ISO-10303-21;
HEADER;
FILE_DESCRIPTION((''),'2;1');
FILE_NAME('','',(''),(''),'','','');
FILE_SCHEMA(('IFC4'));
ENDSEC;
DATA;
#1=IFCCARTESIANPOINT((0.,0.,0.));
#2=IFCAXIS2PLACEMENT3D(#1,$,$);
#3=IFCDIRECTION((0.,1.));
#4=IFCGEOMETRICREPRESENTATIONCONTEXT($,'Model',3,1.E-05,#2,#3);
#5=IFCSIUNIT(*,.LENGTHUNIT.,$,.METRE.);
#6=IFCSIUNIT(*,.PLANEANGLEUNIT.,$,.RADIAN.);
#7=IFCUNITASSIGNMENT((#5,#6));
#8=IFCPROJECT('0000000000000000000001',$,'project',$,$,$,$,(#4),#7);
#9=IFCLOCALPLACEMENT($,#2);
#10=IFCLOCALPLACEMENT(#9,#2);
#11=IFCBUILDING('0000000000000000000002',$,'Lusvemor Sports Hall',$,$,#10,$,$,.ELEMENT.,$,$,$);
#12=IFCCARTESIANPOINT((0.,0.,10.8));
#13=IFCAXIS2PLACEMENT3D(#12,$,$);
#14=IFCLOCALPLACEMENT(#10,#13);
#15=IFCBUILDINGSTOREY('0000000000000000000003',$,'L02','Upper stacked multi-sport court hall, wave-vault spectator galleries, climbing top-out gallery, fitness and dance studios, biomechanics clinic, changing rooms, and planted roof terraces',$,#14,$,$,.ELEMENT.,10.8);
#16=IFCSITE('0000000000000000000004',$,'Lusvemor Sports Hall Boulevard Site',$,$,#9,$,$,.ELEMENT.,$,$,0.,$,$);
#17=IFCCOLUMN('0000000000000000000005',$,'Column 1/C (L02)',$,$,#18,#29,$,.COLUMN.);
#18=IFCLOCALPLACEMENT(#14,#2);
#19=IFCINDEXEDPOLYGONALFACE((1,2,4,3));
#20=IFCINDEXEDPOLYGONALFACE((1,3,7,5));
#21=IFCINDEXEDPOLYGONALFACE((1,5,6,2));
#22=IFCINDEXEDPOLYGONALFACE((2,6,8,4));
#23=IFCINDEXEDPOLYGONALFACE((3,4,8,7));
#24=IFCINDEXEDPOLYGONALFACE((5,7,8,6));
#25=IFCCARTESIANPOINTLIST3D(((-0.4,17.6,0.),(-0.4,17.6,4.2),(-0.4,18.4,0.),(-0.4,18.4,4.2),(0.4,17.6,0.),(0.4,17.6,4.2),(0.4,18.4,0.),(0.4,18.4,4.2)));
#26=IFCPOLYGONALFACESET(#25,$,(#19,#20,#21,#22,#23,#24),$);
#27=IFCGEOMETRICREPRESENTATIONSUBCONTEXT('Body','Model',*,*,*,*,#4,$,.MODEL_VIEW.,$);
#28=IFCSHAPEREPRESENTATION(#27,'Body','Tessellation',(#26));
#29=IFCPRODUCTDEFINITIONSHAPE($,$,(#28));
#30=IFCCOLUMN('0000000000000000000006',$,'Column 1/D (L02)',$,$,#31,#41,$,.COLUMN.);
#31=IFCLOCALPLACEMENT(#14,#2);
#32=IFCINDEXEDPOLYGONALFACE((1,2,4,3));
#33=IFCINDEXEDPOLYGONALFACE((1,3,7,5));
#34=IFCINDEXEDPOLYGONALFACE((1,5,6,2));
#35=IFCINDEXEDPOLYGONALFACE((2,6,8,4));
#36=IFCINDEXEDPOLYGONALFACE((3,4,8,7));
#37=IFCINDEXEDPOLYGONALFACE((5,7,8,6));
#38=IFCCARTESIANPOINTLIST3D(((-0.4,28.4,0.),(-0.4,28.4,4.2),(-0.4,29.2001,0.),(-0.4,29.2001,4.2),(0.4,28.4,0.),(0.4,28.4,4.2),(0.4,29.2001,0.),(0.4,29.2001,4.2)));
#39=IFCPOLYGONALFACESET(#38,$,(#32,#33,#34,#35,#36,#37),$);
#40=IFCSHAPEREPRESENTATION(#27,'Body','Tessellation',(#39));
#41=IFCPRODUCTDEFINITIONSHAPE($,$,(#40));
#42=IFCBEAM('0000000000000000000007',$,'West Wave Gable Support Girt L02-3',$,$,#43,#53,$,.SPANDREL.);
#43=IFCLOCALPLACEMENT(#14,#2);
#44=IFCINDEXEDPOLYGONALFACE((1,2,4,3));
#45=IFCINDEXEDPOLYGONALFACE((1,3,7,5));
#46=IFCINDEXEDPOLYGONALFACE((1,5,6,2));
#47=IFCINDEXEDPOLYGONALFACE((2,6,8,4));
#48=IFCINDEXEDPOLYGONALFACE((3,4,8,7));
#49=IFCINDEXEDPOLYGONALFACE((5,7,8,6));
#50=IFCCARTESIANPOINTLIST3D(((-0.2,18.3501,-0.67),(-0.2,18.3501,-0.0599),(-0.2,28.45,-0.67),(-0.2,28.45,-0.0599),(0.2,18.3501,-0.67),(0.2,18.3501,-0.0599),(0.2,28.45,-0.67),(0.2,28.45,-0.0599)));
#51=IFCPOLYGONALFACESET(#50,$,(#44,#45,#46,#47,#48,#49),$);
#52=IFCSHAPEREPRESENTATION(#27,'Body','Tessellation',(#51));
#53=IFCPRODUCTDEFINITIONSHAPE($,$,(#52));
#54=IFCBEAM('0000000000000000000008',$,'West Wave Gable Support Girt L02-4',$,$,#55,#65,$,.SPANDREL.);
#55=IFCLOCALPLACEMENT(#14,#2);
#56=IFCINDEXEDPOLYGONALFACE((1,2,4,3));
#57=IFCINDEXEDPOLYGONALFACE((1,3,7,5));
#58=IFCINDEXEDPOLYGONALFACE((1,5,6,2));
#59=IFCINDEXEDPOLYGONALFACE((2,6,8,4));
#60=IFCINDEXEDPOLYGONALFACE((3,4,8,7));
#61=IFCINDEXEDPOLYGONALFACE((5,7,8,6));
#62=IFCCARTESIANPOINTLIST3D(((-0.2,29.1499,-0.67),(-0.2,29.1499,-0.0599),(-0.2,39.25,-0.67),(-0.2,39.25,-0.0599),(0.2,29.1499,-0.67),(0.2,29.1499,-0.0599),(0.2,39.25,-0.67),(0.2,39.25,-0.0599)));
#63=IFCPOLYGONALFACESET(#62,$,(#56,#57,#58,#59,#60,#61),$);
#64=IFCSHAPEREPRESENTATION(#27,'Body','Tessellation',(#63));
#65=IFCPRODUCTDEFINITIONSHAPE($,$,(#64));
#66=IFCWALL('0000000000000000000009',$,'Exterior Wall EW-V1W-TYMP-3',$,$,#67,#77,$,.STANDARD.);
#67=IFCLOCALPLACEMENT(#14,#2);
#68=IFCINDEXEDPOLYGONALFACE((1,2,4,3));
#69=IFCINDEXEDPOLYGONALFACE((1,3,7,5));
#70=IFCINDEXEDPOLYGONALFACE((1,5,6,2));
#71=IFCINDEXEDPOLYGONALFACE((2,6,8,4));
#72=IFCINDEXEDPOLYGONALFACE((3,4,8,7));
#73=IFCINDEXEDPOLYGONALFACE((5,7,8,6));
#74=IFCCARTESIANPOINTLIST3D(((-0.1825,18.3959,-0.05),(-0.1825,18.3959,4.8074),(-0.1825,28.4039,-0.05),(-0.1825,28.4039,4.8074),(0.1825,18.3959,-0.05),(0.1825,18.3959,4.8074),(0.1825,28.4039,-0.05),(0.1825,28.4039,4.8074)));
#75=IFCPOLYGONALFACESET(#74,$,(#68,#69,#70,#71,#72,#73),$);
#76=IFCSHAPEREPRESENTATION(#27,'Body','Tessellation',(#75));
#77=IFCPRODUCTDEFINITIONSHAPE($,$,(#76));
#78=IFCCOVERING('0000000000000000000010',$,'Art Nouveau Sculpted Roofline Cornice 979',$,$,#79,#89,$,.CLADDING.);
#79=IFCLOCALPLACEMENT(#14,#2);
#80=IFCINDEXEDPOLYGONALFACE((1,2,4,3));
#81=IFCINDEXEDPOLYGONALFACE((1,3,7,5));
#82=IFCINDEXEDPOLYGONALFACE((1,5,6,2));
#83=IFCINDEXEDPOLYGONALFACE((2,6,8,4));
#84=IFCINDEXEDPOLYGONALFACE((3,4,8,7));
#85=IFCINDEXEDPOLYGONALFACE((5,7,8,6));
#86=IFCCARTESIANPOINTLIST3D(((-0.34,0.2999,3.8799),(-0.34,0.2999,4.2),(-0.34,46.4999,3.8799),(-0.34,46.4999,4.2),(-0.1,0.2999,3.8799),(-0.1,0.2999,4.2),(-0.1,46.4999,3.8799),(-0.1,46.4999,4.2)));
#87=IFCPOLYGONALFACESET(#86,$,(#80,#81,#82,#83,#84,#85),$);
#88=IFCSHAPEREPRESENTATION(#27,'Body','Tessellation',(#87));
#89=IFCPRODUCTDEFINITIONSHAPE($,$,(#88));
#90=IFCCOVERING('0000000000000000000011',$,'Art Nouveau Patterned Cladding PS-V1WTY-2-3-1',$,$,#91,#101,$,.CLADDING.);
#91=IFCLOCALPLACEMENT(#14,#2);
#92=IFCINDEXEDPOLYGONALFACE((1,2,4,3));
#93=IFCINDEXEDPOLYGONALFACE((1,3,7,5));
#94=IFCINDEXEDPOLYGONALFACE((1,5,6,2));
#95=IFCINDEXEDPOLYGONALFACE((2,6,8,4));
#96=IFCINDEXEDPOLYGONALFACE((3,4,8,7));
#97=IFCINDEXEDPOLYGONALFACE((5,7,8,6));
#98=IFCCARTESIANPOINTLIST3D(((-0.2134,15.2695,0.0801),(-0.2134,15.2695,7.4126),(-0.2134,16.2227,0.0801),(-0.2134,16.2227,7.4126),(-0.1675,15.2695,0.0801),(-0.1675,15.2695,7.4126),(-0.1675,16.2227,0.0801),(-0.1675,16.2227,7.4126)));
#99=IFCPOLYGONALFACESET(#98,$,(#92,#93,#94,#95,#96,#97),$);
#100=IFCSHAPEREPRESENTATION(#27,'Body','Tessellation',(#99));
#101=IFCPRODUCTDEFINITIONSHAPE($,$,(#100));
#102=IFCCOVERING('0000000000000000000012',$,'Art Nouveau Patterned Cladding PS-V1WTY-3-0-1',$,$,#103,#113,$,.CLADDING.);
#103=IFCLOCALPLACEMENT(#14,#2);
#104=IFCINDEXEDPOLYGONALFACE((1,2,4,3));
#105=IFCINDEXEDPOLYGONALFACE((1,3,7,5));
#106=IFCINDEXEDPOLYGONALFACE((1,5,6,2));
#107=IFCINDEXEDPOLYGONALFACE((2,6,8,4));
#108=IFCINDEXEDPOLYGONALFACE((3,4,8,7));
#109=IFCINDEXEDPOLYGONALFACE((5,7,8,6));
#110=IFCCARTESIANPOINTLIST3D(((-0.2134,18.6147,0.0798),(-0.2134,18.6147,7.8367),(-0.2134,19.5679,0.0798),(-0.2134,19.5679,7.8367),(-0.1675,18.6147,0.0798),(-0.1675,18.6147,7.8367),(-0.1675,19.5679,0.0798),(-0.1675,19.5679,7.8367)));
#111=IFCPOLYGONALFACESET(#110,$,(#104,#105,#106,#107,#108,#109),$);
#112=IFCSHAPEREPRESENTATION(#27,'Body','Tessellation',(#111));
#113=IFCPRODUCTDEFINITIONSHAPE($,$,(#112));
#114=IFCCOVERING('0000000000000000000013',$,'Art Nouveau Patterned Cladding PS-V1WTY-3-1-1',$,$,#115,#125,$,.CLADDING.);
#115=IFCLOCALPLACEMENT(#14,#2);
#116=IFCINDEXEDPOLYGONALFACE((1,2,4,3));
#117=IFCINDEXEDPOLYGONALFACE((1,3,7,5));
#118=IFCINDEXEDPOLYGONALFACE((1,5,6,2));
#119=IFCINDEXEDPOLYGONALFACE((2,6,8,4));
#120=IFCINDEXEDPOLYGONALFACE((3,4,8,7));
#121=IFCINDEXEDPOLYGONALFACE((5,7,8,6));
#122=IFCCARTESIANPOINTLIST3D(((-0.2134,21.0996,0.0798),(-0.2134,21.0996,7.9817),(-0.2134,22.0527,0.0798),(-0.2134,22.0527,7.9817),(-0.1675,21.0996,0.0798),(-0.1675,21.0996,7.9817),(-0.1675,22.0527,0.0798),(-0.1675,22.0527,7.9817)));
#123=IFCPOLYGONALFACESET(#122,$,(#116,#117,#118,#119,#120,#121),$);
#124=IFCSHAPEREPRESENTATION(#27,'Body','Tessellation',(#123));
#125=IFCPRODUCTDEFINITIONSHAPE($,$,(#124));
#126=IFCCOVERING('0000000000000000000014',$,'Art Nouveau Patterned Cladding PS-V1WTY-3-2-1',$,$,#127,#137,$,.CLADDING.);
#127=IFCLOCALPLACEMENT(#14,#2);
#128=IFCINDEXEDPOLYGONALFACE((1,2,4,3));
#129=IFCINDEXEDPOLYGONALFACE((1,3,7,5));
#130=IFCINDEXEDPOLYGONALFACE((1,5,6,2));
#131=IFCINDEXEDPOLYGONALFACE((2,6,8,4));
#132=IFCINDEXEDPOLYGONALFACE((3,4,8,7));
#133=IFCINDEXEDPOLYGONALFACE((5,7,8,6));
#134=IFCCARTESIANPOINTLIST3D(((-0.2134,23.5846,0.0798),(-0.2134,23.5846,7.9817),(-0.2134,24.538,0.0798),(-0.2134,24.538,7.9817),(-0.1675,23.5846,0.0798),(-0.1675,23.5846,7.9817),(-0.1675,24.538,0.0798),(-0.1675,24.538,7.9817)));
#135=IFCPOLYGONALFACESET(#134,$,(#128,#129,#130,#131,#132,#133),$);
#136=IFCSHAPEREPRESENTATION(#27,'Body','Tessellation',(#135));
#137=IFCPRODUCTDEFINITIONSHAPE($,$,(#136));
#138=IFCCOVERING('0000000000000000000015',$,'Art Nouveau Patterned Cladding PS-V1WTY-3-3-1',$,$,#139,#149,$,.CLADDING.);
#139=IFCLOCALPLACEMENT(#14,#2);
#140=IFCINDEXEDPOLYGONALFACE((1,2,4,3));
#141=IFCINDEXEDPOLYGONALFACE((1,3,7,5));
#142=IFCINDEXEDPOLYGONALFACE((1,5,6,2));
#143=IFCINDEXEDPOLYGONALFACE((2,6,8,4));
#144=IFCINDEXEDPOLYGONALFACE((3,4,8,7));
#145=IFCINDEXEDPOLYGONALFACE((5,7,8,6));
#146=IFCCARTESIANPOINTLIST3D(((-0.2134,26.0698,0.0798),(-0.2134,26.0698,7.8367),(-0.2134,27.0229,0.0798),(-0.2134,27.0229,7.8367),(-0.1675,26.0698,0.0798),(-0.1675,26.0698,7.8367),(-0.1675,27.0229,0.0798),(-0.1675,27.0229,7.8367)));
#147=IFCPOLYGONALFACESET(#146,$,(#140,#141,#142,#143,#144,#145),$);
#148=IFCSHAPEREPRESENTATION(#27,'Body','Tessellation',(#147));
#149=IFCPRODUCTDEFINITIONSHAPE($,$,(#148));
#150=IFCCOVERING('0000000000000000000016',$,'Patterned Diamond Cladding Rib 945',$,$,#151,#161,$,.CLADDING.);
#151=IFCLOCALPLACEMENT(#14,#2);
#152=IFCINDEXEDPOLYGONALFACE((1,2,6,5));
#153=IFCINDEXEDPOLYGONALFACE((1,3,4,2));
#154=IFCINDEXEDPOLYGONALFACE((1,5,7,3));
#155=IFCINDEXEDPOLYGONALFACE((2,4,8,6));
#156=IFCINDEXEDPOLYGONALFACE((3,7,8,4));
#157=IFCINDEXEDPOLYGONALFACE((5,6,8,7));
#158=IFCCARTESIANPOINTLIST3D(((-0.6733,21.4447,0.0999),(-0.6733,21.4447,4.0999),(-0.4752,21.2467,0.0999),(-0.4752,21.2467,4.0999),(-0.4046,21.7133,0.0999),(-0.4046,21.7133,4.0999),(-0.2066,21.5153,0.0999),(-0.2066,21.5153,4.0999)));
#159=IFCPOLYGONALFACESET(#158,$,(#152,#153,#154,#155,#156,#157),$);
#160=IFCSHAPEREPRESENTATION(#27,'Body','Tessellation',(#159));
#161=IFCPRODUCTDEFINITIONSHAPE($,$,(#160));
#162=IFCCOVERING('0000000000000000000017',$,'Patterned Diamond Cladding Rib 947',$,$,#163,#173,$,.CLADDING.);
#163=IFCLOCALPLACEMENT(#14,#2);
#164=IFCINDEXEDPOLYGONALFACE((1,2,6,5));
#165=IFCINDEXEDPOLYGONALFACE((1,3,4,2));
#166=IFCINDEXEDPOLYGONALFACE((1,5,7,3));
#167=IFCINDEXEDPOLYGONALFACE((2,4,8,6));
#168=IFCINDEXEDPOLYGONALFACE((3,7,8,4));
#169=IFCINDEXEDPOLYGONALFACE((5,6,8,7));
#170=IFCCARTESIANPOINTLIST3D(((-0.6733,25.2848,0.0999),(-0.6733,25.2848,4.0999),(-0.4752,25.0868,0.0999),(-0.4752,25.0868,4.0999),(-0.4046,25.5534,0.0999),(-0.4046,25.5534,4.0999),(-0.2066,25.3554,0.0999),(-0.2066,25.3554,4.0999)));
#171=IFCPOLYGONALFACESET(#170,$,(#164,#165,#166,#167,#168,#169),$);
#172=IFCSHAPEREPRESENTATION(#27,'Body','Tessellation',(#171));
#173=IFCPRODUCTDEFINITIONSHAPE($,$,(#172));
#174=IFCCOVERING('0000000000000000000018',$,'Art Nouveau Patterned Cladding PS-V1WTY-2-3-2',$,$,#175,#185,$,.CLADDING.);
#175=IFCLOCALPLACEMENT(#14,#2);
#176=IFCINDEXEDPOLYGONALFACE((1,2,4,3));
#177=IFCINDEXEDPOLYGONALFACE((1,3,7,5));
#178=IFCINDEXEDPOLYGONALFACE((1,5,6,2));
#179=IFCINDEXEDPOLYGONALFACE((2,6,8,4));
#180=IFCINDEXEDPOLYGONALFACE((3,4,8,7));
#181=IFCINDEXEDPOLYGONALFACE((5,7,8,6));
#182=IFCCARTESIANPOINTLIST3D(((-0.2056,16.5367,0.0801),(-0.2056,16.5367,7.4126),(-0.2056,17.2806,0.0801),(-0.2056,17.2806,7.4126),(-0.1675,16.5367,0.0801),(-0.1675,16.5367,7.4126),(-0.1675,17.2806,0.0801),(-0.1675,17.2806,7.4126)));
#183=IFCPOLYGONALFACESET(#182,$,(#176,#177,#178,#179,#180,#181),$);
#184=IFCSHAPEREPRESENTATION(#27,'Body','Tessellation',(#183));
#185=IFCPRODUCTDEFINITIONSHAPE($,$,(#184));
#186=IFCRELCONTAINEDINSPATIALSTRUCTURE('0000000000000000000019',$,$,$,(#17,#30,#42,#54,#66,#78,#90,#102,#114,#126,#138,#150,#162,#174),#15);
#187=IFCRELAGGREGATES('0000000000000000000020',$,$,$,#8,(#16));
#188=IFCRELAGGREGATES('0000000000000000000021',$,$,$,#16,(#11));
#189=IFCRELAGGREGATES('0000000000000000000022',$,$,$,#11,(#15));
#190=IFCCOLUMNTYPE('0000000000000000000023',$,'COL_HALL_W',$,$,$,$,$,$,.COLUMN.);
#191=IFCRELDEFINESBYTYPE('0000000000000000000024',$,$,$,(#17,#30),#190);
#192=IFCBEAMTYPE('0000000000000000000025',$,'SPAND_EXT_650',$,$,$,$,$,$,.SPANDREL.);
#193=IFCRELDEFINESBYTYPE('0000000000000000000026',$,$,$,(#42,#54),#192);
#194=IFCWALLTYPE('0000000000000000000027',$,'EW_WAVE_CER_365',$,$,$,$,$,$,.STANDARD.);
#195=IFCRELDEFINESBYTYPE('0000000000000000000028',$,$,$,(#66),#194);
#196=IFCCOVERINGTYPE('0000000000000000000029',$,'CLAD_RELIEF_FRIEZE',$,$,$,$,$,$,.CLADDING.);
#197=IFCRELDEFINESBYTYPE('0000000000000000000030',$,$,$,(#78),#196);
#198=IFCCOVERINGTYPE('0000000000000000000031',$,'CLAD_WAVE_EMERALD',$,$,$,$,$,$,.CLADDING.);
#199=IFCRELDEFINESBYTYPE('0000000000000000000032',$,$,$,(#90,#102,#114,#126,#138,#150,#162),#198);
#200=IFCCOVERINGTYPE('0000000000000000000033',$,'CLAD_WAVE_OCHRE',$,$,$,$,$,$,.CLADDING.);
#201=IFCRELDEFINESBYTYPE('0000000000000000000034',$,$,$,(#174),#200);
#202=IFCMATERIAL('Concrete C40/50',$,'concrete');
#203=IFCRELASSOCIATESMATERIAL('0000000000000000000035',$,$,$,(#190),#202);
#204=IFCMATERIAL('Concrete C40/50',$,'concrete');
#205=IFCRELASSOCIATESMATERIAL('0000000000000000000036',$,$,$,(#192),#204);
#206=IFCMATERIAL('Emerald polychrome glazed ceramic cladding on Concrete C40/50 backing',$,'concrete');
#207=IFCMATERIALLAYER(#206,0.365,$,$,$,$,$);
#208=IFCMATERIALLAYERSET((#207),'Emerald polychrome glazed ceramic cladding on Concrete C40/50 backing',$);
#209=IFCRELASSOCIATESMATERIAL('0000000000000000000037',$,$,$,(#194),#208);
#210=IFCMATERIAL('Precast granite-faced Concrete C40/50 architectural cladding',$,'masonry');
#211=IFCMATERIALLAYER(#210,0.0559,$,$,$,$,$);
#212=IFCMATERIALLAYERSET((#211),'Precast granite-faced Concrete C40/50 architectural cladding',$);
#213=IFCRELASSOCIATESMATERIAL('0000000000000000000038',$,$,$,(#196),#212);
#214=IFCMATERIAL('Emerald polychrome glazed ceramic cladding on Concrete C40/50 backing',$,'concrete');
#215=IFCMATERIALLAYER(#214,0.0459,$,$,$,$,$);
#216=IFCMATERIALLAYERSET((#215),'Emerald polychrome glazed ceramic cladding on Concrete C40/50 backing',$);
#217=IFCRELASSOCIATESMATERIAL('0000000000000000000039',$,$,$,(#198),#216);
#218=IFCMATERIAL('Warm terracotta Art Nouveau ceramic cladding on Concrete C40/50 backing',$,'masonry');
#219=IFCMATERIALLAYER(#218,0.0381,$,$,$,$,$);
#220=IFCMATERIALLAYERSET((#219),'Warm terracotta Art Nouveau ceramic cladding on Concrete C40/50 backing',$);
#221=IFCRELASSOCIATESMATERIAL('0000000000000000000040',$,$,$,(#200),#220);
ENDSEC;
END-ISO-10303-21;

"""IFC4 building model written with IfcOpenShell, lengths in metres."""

from ifc_helpers import new_model, si_unit, direction, frame, frame_2d, origin, origin_2d, place, context, subcontext, project, spatial, rectangle, extrude, material, layer, layer_set, material_profile, profile_set, type_object, element, save


model = new_model("IFC4")

# Units and contexts
model_context = context("Model", 3, precision=1e-05, world=origin(), true_north=direction((0.0, 1.0)))
body_context = subcontext(model_context, "Body", "Model", "MODEL_VIEW")
ifc_project = project(units=[si_unit("LENGTHUNIT", "METRE"), si_unit("PLANEANGLEUNIT", "RADIAN")], contexts=[model_context])

# Site, building, storey
site_placement = place(None, origin())
site = spatial("IfcSite", under=ifc_project, at=site_placement, Name="Lusvemor Sports Hall Boulevard Site", CompositionType="ELEMENT", RefElevation=0.0)
building_placement = place(site_placement, origin())
building = spatial("IfcBuilding", under=site, at=building_placement, Name="Lusvemor Sports Hall", CompositionType="ELEMENT")
storey_placement = place(building_placement, frame((0.0, 0.0, 10.8)))
storey = spatial("IfcBuildingStorey", under=building, at=storey_placement, Name="L02", Description="Upper stacked multi-sport court hall, wave-vault spectator galleries, climbing top-out gallery, fitness and dance studios, biomechanics clinic, changing rooms, and planted roof terraces", CompositionType="ELEMENT", Elevation=10.8)

# Columns
ifc_material_1 = material(Name="Concrete C40/50", Category="concrete")
ifc_material_profile_1 = material_profile(ifc_material_1, rectangle(XDim=0.8, YDim=0.8, at=origin_2d()), Name="RC800x800")
ifc_profile_set_1 = profile_set([ifc_material_profile_1], Name="Concrete C40/50")
column_type = type_object("IfcColumnType", Name="COL_HALL_W", PredefinedType="COLUMN", material=ifc_profile_set_1)
for number, where, z_axis, x_axis, name in (
    (1, (0.0, 18.0, 0.0), (0.0, 0.0, 1.0), (1.0, 0.0, 0.0), "Column 1/C (L02)"),
    (2, (0.0, 28.8, 0.0), (0.0, 0.0, 1.0), (1.0, 0.0, 0.0), "Column 1/D (L02)"),
):
    element("IfcColumn", number, at=place(storey_placement, frame(where, z_axis=z_axis, x_axis=x_axis)), inside=storey, type_object=column_type, Name=name, PredefinedType="COLUMN", context=body_context, shape_type="SweptSolid", body=[
        extrude(rectangle(XDim=0.8, YDim=0.8, at=origin_2d()), origin(), (0.0, 0.0, 1.0), 4.2),
    ])

# Beams
ifc_material_2 = material(Name="Concrete C40/50", Category="concrete")
ifc_material_profile_2 = material_profile(ifc_material_2, rectangle(XDim=0.3999, YDim=0.6101, at=origin_2d()), Name="RC400x610")
ifc_profile_set_2 = profile_set([ifc_material_profile_2], Name="Concrete C40/50")
beam_type = type_object("IfcBeamType", Name="SPAND_EXT_650", PredefinedType="SPANDREL", material=ifc_profile_set_2)
beam_1_placement = place(storey_placement, frame((0.0, 18.3501, -0.365), z_axis=(0.0, 1.0, 0.0), x_axis=(-1.0, 0.0, 0.0)))
element("IfcBeam", 3, at=beam_1_placement, inside=storey, type_object=beam_type, Name="West Wave Gable Support Girt L02-3", PredefinedType="SPANDREL", context=body_context, shape_type="SweptSolid", body=[
    extrude(rectangle(XDim=0.3999, YDim=0.6101, at=origin_2d()), origin(), (0.0, 0.0, 1.0), 10.0999),
])
beam_2_placement = place(storey_placement, frame((0.0, 29.1499, -0.365), z_axis=(0.0, 1.0, 0.0), x_axis=(-1.0, 0.0, 0.0)))
element("IfcBeam", 4, at=beam_2_placement, inside=storey, type_object=beam_type, Name="West Wave Gable Support Girt L02-4", PredefinedType="SPANDREL", context=body_context, shape_type="SweptSolid", body=[
    extrude(rectangle(XDim=0.3999, YDim=0.6101, at=origin_2d()), origin(), (0.0, 0.0, 1.0), 10.1001),
])

# Wall
ifc_material_3 = material(Name="Emerald polychrome glazed ceramic cladding on Concrete C40/50 backing", Category="concrete")
ifc_layer_1 = layer(ifc_material_3, 0.365)
ifc_layer_set_1 = layer_set([ifc_layer_1], Name="Emerald polychrome glazed ceramic cladding on Concrete C40/50 backing")
wall_type = type_object("IfcWallType", Name="EW_WAVE_CER_365", PredefinedType="STANDARD", material=ifc_layer_set_1)
wall_placement = place(storey_placement, frame((0.0, 18.396, -0.05), z_axis=(0.0, 0.0, 1.0), x_axis=(0.0, 1.0, 0.0)))
element("IfcWall", 5, at=wall_placement, inside=storey, type_object=wall_type, Name="Exterior Wall EW-V1W-TYMP-3", PredefinedType="STANDARD", context=body_context, shape_type="SweptSolid", body=[
    extrude(rectangle(XDim=10.0081, YDim=0.365, at=frame_2d((5.0039, 0.0))), origin(), (0.0, 0.0, 1.0), 4.8574),
])

# Coverings
ifc_material_4 = material(Name="Precast granite-faced Concrete C40/50 architectural cladding", Category="masonry")
ifc_layer_2 = layer(ifc_material_4, 0.0559)
ifc_layer_set_2 = layer_set([ifc_layer_2], Name="Precast granite-faced Concrete C40/50 architectural cladding")
covering_type_1 = type_object("IfcCoveringType", Name="CLAD_RELIEF_FRIEZE", PredefinedType="CLADDING", material=ifc_layer_set_2)
covering_1_placement = place(storey_placement, frame((-0.22, 23.3999, 3.8799), z_axis=(0.0, 0.0, 1.0), x_axis=(1.0, 0.0, 0.0)))
element("IfcCovering", 6, at=covering_1_placement, inside=storey, type_object=covering_type_1, Name="Art Nouveau Sculpted Roofline Cornice 979", PredefinedType="CLADDING", context=body_context, shape_type="SweptSolid", body=[
    extrude(rectangle(XDim=0.24, YDim=46.2, at=origin_2d()), origin(), (0.0, 0.0, 1.0), 0.3201),
])
ifc_material_5 = material(Name="Emerald polychrome glazed ceramic cladding on Concrete C40/50 backing", Category="concrete")
ifc_layer_3 = layer(ifc_material_5, 0.0459)
ifc_layer_set_3 = layer_set([ifc_layer_3], Name="Emerald polychrome glazed ceramic cladding on Concrete C40/50 backing")
covering_type_2 = type_object("IfcCoveringType", Name="CLAD_WAVE_EMERALD", PredefinedType="CLADDING", material=ifc_layer_set_3)
covering_2_placement = place(storey_placement, frame((-0.1904, 15.7461, 0.0801), z_axis=(0.0, 0.0, 1.0), x_axis=(1.0, 0.0, 0.0)))
element("IfcCovering", 7, at=covering_2_placement, inside=storey, type_object=covering_type_2, Name="Art Nouveau Patterned Cladding PS-V1WTY-2-3-1", PredefinedType="CLADDING", context=body_context, shape_type="SweptSolid", body=[
    extrude(rectangle(XDim=0.0459, YDim=0.9531, at=origin_2d()), origin(), (0.0, 0.0, 1.0), 7.3325),
])
covering_3_placement = place(storey_placement, frame((-0.1904, 19.0913, 0.0798), z_axis=(0.0, 0.0, 1.0), x_axis=(1.0, 0.0, 0.0)))
element("IfcCovering", 8, at=covering_3_placement, inside=storey, type_object=covering_type_2, Name="Art Nouveau Patterned Cladding PS-V1WTY-3-0-1", PredefinedType="CLADDING", context=body_context, shape_type="SweptSolid", body=[
    extrude(rectangle(XDim=0.0459, YDim=0.9531, at=origin_2d()), origin(), (0.0, 0.0, 1.0), 7.7568),
])
covering_4_placement = place(storey_placement, frame((-0.1904, 21.5762, 0.0798), z_axis=(0.0, 0.0, 1.0), x_axis=(1.0, 0.0, 0.0)))
element("IfcCovering", 9, at=covering_4_placement, inside=storey, type_object=covering_type_2, Name="Art Nouveau Patterned Cladding PS-V1WTY-3-1-1", PredefinedType="CLADDING", context=body_context, shape_type="SweptSolid", body=[
    extrude(rectangle(XDim=0.0459, YDim=0.9531, at=origin_2d()), origin(), (0.0, 0.0, 1.0), 7.9019),
])
covering_5_placement = place(storey_placement, frame((-0.1904, 24.0613, 0.0798), z_axis=(0.0, 0.0, 1.0), x_axis=(1.0, 0.0, 0.0)))
element("IfcCovering", 10, at=covering_5_placement, inside=storey, type_object=covering_type_2, Name="Art Nouveau Patterned Cladding PS-V1WTY-3-2-1", PredefinedType="CLADDING", context=body_context, shape_type="SweptSolid", body=[
    extrude(rectangle(XDim=0.0459, YDim=0.9534, at=origin_2d()), origin(), (0.0, 0.0, 1.0), 7.9019),
])
covering_6_placement = place(storey_placement, frame((-0.1904, 26.5464, 0.0798), z_axis=(0.0, 0.0, 1.0), x_axis=(1.0, 0.0, 0.0)))
element("IfcCovering", 11, at=covering_6_placement, inside=storey, type_object=covering_type_2, Name="Art Nouveau Patterned Cladding PS-V1WTY-3-3-1", PredefinedType="CLADDING", context=body_context, shape_type="SweptSolid", body=[
    extrude(rectangle(XDim=0.0459, YDim=0.9531, at=origin_2d()), origin(), (0.0, 0.0, 1.0), 7.7568),
])
for number, where, z_axis, x_axis, name in (
    (12, (-0.4399, 21.48, 0.0999), (0.0, 0.0, 1.0), (0.707107, 0.707107, 0.0), "Patterned Diamond Cladding Rib 945"),
    (13, (-0.4399, 25.3201, 0.0999), (0.0, 0.0, 1.0), (0.707107, 0.707107, 0.0), "Patterned Diamond Cladding Rib 947"),
):
    element("IfcCovering", number, at=place(storey_placement, frame(where, z_axis=z_axis, x_axis=x_axis)), inside=storey, type_object=covering_type_2, Name=name, PredefinedType="CLADDING", context=body_context, shape_type="SweptSolid", body=[
        extrude(rectangle(XDim=0.3799, YDim=0.28, at=origin_2d()), origin(), (0.0, 0.0, 1.0), 4.0),
    ])
ifc_material_6 = material(Name="Warm terracotta Art Nouveau ceramic cladding on Concrete C40/50 backing", Category="masonry")
ifc_layer_4 = layer(ifc_material_6, 0.0381)
ifc_layer_set_4 = layer_set([ifc_layer_4], Name="Warm terracotta Art Nouveau ceramic cladding on Concrete C40/50 backing")
covering_type_3 = type_object("IfcCoveringType", Name="CLAD_WAVE_OCHRE", PredefinedType="CLADDING", material=ifc_layer_set_4)
covering_7_placement = place(storey_placement, frame((-0.1865, 16.9087, 0.0801), z_axis=(0.0, 0.0, 1.0), x_axis=(1.0, 0.0, 0.0)))
element("IfcCovering", 14, at=covering_7_placement, inside=storey, type_object=covering_type_3, Name="Art Nouveau Patterned Cladding PS-V1WTY-2-3-2", PredefinedType="CLADDING", context=body_context, shape_type="SweptSolid", body=[
    extrude(rectangle(XDim=0.0381, YDim=0.7439, at=origin_2d()), origin(), (0.0, 0.0, 1.0), 7.3325),
])

save(model, "model.ifc")
